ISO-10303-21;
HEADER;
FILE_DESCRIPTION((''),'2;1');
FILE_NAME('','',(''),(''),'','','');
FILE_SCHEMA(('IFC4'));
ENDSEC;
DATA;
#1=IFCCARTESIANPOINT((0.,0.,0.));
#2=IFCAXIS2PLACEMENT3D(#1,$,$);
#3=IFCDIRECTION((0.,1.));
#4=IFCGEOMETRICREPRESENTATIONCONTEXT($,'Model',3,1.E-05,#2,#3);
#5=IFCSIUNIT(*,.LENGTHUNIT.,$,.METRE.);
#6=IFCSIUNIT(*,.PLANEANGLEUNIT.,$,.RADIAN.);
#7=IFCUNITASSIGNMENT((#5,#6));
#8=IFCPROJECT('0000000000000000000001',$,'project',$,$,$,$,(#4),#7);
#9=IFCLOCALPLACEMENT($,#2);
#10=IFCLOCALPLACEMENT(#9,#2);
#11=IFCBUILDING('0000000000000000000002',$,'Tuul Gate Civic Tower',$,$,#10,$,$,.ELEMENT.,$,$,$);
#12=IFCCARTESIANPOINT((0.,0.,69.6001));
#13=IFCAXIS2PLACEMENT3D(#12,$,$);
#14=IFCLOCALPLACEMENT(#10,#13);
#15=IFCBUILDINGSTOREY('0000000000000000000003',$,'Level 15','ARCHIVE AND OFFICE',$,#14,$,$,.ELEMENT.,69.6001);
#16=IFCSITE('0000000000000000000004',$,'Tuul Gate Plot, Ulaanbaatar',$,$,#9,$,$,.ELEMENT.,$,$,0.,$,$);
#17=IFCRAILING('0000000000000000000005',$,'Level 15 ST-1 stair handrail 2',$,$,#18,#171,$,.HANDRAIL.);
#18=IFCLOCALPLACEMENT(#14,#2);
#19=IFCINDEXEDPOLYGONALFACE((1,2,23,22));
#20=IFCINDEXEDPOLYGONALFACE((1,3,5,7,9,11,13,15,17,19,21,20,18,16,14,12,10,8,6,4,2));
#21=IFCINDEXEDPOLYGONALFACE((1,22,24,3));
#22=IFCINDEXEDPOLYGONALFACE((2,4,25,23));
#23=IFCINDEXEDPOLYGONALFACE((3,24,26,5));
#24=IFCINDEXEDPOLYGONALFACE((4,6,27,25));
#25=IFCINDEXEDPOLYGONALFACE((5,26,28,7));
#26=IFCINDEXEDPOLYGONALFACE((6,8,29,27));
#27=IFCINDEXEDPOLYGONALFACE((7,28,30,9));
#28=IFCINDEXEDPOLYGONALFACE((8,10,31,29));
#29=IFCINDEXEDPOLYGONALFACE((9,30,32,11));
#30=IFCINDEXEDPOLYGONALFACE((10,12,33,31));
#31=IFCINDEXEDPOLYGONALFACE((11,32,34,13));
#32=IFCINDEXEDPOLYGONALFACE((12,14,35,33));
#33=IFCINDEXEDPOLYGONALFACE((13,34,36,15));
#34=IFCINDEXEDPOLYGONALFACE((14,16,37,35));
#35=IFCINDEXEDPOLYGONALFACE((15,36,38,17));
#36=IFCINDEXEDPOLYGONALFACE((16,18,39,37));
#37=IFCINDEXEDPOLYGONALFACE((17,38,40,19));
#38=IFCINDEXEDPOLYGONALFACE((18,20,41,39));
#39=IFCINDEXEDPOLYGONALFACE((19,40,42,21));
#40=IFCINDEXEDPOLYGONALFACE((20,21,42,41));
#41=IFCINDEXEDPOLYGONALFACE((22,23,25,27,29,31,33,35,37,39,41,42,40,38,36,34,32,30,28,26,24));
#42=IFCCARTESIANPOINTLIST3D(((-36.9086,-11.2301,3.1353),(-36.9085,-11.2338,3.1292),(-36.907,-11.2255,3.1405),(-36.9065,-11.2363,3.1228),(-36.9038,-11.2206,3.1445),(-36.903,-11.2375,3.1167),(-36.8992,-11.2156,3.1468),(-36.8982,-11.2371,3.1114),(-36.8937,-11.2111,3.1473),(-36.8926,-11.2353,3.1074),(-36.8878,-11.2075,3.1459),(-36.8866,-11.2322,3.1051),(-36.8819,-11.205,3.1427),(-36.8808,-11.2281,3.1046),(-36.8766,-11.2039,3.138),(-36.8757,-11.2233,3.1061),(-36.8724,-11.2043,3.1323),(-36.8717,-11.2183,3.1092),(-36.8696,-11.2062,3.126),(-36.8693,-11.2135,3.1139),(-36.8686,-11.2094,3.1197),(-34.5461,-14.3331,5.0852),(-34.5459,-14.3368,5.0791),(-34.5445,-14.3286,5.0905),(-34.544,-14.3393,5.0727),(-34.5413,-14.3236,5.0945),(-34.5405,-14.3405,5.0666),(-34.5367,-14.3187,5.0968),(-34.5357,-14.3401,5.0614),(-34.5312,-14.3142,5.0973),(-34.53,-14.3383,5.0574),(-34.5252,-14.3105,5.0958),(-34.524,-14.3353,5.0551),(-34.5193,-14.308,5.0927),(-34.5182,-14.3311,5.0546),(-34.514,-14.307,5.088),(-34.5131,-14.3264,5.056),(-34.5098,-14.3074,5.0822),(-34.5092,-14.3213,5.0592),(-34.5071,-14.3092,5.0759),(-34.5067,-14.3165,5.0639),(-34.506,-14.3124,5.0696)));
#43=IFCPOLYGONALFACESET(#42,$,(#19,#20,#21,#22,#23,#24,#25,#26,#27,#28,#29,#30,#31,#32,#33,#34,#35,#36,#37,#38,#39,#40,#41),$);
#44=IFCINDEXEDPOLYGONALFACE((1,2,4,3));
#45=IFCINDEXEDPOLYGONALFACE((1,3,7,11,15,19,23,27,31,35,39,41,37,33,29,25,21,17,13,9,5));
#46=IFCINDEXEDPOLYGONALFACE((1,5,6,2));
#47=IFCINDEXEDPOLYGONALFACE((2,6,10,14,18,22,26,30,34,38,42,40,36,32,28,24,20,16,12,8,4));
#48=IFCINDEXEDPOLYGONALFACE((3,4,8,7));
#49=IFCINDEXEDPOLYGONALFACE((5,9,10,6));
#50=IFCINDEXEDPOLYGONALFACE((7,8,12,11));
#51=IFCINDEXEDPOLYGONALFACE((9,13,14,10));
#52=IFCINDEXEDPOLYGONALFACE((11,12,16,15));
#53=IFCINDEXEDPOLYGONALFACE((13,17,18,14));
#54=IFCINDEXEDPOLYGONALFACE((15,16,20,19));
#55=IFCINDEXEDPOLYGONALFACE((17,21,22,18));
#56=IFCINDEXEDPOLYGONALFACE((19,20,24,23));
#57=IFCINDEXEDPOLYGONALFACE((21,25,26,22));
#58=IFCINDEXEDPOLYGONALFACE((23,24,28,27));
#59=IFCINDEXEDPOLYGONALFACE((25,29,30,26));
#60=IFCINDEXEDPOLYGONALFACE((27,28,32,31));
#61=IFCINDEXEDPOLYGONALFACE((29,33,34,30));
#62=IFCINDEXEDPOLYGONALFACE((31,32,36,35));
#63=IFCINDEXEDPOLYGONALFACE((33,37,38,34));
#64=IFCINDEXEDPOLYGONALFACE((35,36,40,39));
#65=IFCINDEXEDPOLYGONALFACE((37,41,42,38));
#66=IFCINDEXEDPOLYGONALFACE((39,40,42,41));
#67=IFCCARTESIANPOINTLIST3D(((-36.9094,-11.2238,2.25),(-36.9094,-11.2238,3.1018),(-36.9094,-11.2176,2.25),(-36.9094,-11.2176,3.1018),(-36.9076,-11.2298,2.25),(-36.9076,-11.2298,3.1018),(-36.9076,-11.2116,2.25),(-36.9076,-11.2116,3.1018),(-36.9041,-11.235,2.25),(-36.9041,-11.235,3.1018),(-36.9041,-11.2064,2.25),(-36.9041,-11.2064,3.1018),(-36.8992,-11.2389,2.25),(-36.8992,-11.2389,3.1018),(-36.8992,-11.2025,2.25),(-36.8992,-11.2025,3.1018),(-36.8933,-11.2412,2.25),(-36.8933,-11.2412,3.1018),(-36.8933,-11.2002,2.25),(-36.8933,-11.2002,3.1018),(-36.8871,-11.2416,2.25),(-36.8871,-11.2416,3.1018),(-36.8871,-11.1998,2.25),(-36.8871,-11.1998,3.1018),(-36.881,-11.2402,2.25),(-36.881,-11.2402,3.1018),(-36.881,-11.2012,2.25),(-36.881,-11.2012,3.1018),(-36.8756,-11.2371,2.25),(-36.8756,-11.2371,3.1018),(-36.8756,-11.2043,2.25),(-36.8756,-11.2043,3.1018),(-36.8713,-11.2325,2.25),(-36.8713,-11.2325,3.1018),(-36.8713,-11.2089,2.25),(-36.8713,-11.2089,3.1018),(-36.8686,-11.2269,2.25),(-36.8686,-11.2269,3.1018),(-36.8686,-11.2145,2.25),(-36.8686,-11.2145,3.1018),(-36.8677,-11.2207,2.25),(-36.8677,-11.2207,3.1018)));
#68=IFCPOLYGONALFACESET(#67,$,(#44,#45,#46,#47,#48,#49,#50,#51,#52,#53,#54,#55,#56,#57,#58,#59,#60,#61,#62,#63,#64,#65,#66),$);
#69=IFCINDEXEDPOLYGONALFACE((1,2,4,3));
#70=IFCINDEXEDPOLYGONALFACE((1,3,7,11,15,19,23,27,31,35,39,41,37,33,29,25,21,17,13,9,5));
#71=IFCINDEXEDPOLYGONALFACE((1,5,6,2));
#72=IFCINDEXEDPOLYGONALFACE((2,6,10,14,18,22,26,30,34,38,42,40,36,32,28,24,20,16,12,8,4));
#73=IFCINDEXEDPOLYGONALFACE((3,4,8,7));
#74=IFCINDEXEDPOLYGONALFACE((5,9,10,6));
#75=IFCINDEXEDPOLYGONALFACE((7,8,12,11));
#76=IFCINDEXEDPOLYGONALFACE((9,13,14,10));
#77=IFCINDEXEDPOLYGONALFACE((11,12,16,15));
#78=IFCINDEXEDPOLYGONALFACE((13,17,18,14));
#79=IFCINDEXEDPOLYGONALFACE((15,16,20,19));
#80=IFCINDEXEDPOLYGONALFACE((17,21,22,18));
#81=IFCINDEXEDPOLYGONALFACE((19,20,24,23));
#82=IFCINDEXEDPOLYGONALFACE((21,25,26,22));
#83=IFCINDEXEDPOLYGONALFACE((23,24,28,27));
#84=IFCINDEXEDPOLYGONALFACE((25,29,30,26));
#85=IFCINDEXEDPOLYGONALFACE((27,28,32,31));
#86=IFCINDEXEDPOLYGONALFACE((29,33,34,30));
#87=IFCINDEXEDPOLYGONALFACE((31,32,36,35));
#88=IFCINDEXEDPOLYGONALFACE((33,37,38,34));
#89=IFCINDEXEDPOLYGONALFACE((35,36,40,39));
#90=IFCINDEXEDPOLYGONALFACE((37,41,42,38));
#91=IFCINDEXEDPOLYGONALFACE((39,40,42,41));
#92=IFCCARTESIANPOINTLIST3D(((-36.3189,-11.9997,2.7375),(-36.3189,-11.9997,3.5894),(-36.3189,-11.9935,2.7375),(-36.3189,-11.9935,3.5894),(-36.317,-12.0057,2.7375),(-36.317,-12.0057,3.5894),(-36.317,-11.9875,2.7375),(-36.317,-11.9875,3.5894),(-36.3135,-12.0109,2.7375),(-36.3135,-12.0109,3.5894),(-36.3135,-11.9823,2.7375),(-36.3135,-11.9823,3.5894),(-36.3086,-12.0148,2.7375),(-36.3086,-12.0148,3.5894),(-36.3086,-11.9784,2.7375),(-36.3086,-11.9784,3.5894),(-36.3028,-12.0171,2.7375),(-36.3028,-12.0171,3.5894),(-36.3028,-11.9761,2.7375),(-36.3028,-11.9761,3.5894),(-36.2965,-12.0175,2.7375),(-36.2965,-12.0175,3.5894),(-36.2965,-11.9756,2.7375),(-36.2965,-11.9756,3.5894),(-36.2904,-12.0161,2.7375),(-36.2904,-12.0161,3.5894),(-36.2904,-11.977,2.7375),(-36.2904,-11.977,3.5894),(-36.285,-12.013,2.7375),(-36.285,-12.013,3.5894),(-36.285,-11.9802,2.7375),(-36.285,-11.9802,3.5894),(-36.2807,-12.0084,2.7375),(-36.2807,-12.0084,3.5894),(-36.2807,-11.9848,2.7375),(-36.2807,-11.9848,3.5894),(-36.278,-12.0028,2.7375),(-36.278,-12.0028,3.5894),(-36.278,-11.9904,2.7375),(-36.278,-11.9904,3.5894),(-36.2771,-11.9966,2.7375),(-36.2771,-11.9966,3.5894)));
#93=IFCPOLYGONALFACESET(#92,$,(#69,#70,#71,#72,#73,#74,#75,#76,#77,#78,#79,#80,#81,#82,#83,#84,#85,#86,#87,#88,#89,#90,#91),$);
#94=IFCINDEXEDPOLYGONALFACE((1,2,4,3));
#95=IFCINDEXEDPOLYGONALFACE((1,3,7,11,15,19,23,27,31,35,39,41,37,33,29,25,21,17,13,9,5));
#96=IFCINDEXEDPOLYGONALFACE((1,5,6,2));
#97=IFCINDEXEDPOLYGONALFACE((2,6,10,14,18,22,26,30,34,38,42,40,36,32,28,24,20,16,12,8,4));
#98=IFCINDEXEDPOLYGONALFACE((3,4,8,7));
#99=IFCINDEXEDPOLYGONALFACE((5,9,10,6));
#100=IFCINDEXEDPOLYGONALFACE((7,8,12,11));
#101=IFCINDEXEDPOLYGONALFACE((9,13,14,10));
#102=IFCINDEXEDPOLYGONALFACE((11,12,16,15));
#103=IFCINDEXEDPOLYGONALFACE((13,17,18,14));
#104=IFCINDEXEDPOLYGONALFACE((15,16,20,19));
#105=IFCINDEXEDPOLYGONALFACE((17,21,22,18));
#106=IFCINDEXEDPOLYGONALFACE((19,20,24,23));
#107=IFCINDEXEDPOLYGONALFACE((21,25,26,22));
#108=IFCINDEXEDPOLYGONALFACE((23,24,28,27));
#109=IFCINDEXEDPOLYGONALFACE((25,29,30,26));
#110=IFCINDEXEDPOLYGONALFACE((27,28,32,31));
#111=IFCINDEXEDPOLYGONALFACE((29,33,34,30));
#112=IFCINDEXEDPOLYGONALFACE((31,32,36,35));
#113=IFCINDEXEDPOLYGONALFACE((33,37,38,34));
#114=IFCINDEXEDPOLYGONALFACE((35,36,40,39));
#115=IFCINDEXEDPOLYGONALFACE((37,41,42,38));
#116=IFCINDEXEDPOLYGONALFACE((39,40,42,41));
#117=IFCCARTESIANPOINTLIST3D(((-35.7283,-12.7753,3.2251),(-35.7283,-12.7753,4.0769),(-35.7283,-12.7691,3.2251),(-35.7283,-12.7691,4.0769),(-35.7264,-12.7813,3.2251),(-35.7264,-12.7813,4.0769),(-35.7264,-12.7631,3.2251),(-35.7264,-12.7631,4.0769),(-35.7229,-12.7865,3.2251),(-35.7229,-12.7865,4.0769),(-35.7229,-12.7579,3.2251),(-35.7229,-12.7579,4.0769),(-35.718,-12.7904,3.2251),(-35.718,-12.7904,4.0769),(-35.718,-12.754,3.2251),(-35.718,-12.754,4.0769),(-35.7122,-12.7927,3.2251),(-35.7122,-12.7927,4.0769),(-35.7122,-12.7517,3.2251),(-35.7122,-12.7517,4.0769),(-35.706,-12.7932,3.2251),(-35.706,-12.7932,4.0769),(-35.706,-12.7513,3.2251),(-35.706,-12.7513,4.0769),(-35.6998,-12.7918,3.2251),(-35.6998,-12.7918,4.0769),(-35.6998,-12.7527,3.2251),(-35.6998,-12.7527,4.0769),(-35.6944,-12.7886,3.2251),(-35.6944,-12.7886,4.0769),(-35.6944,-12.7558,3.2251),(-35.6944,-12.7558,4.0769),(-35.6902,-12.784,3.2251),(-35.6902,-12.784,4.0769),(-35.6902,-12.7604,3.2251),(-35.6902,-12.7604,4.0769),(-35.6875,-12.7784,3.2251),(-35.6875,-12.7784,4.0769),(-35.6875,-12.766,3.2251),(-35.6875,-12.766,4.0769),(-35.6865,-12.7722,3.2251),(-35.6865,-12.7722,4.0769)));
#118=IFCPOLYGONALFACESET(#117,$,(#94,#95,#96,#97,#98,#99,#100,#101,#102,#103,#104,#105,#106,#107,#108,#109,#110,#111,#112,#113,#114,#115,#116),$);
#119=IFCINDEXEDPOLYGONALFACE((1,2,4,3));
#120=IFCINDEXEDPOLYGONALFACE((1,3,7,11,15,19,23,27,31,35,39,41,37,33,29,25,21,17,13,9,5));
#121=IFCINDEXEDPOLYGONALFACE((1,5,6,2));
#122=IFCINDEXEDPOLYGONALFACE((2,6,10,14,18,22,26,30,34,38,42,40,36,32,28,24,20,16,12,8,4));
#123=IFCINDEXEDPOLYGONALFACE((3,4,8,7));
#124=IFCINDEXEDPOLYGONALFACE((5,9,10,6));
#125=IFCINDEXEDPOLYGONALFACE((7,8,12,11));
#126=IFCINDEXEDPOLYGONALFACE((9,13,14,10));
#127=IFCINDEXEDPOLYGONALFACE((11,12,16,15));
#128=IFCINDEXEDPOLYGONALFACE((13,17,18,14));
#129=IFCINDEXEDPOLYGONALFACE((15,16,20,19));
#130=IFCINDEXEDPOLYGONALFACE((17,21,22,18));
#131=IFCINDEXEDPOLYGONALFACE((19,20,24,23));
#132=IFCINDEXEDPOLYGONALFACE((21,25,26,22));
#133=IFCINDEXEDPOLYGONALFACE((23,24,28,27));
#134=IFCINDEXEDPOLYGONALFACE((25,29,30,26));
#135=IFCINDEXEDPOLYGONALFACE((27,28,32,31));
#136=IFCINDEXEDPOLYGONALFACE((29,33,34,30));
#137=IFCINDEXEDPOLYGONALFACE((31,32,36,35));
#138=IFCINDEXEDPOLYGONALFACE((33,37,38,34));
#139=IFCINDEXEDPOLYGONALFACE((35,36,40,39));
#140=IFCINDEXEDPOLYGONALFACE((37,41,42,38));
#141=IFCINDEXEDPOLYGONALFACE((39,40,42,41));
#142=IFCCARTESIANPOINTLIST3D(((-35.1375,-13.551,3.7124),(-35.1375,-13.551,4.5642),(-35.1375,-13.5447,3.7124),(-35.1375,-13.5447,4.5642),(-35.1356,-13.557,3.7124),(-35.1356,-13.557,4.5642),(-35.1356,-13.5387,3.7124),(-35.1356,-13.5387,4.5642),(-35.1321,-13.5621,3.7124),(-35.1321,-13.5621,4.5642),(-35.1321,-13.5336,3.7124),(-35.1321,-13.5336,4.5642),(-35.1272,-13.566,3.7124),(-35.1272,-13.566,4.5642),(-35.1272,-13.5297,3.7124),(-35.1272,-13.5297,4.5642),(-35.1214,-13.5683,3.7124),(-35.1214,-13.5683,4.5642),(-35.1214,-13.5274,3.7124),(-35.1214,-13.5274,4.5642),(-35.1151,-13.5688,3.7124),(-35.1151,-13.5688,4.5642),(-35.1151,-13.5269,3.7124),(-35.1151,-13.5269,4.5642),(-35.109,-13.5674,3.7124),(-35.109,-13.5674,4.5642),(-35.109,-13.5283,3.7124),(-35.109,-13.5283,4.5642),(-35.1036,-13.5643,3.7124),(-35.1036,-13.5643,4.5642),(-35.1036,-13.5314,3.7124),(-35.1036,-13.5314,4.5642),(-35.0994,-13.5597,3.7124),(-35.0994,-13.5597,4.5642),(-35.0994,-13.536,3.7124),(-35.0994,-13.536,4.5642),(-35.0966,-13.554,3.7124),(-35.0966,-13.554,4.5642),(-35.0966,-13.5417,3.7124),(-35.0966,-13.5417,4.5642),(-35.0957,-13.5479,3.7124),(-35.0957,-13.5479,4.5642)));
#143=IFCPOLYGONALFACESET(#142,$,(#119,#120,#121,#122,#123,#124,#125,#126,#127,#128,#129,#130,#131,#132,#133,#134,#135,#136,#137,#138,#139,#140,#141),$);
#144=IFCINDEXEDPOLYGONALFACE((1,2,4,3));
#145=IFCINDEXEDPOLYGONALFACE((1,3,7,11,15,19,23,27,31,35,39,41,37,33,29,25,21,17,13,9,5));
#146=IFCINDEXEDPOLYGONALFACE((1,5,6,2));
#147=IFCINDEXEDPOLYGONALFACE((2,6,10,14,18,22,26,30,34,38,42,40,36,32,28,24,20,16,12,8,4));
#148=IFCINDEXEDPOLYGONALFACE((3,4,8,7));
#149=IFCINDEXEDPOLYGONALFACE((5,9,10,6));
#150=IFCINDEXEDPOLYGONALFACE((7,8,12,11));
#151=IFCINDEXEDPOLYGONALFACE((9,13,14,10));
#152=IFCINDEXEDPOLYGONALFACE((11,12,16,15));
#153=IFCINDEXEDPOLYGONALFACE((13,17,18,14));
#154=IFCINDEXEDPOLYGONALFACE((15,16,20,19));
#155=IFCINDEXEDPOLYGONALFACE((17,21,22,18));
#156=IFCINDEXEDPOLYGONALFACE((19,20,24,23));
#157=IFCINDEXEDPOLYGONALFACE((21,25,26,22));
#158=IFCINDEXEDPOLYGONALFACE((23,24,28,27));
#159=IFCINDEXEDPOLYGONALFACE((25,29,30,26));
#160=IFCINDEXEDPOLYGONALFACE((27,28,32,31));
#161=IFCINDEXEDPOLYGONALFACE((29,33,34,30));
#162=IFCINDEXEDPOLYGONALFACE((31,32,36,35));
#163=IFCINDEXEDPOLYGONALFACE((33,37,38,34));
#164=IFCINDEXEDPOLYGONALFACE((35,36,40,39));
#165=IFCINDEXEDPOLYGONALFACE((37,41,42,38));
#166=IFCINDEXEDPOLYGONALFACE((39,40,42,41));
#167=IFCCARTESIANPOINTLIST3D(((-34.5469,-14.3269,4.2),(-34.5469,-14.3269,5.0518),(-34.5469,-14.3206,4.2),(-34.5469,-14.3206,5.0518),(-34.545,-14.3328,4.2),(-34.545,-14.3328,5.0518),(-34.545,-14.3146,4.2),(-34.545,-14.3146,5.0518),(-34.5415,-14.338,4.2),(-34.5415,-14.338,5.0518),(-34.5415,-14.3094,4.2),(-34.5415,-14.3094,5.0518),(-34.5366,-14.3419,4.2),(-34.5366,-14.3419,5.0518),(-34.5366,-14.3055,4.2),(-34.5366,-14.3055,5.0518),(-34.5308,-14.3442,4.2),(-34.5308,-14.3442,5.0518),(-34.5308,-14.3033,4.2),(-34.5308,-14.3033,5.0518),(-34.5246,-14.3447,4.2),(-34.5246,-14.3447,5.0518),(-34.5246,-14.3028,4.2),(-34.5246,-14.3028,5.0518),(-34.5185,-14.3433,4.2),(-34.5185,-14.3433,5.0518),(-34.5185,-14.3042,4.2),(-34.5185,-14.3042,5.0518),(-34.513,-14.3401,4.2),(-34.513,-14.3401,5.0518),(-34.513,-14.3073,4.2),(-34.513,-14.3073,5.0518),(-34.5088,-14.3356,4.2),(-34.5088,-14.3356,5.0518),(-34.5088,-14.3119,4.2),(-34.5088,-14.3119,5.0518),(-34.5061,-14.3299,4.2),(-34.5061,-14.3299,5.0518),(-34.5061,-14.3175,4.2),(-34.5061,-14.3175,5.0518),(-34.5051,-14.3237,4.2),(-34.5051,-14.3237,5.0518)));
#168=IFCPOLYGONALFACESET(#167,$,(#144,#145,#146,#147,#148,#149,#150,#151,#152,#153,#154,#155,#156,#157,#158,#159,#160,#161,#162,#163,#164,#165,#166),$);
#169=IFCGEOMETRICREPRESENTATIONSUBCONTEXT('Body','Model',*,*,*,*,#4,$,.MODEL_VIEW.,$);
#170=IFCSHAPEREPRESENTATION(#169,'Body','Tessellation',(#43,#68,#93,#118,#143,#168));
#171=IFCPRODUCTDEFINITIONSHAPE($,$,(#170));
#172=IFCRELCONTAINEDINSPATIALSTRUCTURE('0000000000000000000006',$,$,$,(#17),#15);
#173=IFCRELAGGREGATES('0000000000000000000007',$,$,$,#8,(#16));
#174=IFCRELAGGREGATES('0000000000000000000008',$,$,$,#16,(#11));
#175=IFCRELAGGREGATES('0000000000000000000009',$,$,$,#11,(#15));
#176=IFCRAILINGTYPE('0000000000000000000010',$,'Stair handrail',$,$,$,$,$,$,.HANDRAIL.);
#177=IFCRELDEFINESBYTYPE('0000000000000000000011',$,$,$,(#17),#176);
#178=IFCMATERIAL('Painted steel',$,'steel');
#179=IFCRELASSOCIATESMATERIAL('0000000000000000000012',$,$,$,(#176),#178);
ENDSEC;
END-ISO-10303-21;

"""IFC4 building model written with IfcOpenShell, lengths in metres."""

from ifc_helpers import new_model, si_unit, direction, frame, origin, origin_2d, place, context, subcontext, project, spatial, circle, extrude, material, type_object, element, save


model = new_model("IFC4")

# Units and contexts
model_context = context("Model", 3, precision=1e-05, world=origin(), true_north=direction((0.0, 1.0)))
body_context = subcontext(model_context, "Body", "Model", "MODEL_VIEW")
ifc_project = project(units=[si_unit("LENGTHUNIT", "METRE"), si_unit("PLANEANGLEUNIT", "RADIAN")], contexts=[model_context])

# Site, building, storey
site_placement = place(None, origin())
site = spatial("IfcSite", under=ifc_project, at=site_placement, Name="Tuul Gate Plot, Ulaanbaatar", CompositionType="ELEMENT", RefElevation=0.0)
building_placement = place(site_placement, origin())
building = spatial("IfcBuilding", under=site, at=building_placement, Name="Tuul Gate Civic Tower", CompositionType="ELEMENT")
storey_placement = place(building_placement, frame((0.0, 0.0, 69.6001)))
storey = spatial("IfcBuildingStorey", under=building, at=storey_placement, Name="Level 15", Description="ARCHIVE AND OFFICE", CompositionType="ELEMENT", Elevation=69.6001)

# Railing
ifc_material_1 = material(Name="Painted steel", Category="steel")
railing_type_1 = type_object("IfcRailingType", Name="Stair handrail", PredefinedType="HANDRAIL", material=ifc_material_1)
railing_1_placement = place(storey_placement, frame((-36.8887, -11.2207, 2.25)))
element("IfcRailing", 1, at=railing_1_placement, inside=storey, type_object=railing_type_1, Name="Level 15 ST-1 stair handrail 2", PredefinedType="HANDRAIL", context=body_context, shape_type="SweptSolid", body=[
    extrude(circle(Radius=0.0239, at=origin_2d()), frame((0.0, 0.0, 0.876), z_axis=(0.541824, -0.711645, 0.4472), x_axis=(0.795637, 0.605773, 0.0)), (0.0, 0.0, 1.0), 4.3604),
    extrude(circle(Radius=0.021, at=origin_2d()), origin(), (0.0, 0.0, 1.0), 0.8518),
    extrude(circle(Radius=0.021, at=origin_2d()), frame((0.5906, -0.7759, 0.4875)), (0.0, 0.0, 1.0), 0.8518),
    extrude(circle(Radius=0.021, at=origin_2d()), frame((1.1812, -1.5515, 0.9751)), (0.0, 0.0, 1.0), 0.8518),
    extrude(circle(Radius=0.021, at=origin_2d()), frame((1.772, -2.3271, 1.4624)), (0.0, 0.0, 1.0), 0.8518),
    extrude(circle(Radius=0.021, at=origin_2d()), frame((2.3625, -3.103, 1.95)), (0.0, 0.0, 1.0), 0.8518),
])

save(model, "model.ifc")
